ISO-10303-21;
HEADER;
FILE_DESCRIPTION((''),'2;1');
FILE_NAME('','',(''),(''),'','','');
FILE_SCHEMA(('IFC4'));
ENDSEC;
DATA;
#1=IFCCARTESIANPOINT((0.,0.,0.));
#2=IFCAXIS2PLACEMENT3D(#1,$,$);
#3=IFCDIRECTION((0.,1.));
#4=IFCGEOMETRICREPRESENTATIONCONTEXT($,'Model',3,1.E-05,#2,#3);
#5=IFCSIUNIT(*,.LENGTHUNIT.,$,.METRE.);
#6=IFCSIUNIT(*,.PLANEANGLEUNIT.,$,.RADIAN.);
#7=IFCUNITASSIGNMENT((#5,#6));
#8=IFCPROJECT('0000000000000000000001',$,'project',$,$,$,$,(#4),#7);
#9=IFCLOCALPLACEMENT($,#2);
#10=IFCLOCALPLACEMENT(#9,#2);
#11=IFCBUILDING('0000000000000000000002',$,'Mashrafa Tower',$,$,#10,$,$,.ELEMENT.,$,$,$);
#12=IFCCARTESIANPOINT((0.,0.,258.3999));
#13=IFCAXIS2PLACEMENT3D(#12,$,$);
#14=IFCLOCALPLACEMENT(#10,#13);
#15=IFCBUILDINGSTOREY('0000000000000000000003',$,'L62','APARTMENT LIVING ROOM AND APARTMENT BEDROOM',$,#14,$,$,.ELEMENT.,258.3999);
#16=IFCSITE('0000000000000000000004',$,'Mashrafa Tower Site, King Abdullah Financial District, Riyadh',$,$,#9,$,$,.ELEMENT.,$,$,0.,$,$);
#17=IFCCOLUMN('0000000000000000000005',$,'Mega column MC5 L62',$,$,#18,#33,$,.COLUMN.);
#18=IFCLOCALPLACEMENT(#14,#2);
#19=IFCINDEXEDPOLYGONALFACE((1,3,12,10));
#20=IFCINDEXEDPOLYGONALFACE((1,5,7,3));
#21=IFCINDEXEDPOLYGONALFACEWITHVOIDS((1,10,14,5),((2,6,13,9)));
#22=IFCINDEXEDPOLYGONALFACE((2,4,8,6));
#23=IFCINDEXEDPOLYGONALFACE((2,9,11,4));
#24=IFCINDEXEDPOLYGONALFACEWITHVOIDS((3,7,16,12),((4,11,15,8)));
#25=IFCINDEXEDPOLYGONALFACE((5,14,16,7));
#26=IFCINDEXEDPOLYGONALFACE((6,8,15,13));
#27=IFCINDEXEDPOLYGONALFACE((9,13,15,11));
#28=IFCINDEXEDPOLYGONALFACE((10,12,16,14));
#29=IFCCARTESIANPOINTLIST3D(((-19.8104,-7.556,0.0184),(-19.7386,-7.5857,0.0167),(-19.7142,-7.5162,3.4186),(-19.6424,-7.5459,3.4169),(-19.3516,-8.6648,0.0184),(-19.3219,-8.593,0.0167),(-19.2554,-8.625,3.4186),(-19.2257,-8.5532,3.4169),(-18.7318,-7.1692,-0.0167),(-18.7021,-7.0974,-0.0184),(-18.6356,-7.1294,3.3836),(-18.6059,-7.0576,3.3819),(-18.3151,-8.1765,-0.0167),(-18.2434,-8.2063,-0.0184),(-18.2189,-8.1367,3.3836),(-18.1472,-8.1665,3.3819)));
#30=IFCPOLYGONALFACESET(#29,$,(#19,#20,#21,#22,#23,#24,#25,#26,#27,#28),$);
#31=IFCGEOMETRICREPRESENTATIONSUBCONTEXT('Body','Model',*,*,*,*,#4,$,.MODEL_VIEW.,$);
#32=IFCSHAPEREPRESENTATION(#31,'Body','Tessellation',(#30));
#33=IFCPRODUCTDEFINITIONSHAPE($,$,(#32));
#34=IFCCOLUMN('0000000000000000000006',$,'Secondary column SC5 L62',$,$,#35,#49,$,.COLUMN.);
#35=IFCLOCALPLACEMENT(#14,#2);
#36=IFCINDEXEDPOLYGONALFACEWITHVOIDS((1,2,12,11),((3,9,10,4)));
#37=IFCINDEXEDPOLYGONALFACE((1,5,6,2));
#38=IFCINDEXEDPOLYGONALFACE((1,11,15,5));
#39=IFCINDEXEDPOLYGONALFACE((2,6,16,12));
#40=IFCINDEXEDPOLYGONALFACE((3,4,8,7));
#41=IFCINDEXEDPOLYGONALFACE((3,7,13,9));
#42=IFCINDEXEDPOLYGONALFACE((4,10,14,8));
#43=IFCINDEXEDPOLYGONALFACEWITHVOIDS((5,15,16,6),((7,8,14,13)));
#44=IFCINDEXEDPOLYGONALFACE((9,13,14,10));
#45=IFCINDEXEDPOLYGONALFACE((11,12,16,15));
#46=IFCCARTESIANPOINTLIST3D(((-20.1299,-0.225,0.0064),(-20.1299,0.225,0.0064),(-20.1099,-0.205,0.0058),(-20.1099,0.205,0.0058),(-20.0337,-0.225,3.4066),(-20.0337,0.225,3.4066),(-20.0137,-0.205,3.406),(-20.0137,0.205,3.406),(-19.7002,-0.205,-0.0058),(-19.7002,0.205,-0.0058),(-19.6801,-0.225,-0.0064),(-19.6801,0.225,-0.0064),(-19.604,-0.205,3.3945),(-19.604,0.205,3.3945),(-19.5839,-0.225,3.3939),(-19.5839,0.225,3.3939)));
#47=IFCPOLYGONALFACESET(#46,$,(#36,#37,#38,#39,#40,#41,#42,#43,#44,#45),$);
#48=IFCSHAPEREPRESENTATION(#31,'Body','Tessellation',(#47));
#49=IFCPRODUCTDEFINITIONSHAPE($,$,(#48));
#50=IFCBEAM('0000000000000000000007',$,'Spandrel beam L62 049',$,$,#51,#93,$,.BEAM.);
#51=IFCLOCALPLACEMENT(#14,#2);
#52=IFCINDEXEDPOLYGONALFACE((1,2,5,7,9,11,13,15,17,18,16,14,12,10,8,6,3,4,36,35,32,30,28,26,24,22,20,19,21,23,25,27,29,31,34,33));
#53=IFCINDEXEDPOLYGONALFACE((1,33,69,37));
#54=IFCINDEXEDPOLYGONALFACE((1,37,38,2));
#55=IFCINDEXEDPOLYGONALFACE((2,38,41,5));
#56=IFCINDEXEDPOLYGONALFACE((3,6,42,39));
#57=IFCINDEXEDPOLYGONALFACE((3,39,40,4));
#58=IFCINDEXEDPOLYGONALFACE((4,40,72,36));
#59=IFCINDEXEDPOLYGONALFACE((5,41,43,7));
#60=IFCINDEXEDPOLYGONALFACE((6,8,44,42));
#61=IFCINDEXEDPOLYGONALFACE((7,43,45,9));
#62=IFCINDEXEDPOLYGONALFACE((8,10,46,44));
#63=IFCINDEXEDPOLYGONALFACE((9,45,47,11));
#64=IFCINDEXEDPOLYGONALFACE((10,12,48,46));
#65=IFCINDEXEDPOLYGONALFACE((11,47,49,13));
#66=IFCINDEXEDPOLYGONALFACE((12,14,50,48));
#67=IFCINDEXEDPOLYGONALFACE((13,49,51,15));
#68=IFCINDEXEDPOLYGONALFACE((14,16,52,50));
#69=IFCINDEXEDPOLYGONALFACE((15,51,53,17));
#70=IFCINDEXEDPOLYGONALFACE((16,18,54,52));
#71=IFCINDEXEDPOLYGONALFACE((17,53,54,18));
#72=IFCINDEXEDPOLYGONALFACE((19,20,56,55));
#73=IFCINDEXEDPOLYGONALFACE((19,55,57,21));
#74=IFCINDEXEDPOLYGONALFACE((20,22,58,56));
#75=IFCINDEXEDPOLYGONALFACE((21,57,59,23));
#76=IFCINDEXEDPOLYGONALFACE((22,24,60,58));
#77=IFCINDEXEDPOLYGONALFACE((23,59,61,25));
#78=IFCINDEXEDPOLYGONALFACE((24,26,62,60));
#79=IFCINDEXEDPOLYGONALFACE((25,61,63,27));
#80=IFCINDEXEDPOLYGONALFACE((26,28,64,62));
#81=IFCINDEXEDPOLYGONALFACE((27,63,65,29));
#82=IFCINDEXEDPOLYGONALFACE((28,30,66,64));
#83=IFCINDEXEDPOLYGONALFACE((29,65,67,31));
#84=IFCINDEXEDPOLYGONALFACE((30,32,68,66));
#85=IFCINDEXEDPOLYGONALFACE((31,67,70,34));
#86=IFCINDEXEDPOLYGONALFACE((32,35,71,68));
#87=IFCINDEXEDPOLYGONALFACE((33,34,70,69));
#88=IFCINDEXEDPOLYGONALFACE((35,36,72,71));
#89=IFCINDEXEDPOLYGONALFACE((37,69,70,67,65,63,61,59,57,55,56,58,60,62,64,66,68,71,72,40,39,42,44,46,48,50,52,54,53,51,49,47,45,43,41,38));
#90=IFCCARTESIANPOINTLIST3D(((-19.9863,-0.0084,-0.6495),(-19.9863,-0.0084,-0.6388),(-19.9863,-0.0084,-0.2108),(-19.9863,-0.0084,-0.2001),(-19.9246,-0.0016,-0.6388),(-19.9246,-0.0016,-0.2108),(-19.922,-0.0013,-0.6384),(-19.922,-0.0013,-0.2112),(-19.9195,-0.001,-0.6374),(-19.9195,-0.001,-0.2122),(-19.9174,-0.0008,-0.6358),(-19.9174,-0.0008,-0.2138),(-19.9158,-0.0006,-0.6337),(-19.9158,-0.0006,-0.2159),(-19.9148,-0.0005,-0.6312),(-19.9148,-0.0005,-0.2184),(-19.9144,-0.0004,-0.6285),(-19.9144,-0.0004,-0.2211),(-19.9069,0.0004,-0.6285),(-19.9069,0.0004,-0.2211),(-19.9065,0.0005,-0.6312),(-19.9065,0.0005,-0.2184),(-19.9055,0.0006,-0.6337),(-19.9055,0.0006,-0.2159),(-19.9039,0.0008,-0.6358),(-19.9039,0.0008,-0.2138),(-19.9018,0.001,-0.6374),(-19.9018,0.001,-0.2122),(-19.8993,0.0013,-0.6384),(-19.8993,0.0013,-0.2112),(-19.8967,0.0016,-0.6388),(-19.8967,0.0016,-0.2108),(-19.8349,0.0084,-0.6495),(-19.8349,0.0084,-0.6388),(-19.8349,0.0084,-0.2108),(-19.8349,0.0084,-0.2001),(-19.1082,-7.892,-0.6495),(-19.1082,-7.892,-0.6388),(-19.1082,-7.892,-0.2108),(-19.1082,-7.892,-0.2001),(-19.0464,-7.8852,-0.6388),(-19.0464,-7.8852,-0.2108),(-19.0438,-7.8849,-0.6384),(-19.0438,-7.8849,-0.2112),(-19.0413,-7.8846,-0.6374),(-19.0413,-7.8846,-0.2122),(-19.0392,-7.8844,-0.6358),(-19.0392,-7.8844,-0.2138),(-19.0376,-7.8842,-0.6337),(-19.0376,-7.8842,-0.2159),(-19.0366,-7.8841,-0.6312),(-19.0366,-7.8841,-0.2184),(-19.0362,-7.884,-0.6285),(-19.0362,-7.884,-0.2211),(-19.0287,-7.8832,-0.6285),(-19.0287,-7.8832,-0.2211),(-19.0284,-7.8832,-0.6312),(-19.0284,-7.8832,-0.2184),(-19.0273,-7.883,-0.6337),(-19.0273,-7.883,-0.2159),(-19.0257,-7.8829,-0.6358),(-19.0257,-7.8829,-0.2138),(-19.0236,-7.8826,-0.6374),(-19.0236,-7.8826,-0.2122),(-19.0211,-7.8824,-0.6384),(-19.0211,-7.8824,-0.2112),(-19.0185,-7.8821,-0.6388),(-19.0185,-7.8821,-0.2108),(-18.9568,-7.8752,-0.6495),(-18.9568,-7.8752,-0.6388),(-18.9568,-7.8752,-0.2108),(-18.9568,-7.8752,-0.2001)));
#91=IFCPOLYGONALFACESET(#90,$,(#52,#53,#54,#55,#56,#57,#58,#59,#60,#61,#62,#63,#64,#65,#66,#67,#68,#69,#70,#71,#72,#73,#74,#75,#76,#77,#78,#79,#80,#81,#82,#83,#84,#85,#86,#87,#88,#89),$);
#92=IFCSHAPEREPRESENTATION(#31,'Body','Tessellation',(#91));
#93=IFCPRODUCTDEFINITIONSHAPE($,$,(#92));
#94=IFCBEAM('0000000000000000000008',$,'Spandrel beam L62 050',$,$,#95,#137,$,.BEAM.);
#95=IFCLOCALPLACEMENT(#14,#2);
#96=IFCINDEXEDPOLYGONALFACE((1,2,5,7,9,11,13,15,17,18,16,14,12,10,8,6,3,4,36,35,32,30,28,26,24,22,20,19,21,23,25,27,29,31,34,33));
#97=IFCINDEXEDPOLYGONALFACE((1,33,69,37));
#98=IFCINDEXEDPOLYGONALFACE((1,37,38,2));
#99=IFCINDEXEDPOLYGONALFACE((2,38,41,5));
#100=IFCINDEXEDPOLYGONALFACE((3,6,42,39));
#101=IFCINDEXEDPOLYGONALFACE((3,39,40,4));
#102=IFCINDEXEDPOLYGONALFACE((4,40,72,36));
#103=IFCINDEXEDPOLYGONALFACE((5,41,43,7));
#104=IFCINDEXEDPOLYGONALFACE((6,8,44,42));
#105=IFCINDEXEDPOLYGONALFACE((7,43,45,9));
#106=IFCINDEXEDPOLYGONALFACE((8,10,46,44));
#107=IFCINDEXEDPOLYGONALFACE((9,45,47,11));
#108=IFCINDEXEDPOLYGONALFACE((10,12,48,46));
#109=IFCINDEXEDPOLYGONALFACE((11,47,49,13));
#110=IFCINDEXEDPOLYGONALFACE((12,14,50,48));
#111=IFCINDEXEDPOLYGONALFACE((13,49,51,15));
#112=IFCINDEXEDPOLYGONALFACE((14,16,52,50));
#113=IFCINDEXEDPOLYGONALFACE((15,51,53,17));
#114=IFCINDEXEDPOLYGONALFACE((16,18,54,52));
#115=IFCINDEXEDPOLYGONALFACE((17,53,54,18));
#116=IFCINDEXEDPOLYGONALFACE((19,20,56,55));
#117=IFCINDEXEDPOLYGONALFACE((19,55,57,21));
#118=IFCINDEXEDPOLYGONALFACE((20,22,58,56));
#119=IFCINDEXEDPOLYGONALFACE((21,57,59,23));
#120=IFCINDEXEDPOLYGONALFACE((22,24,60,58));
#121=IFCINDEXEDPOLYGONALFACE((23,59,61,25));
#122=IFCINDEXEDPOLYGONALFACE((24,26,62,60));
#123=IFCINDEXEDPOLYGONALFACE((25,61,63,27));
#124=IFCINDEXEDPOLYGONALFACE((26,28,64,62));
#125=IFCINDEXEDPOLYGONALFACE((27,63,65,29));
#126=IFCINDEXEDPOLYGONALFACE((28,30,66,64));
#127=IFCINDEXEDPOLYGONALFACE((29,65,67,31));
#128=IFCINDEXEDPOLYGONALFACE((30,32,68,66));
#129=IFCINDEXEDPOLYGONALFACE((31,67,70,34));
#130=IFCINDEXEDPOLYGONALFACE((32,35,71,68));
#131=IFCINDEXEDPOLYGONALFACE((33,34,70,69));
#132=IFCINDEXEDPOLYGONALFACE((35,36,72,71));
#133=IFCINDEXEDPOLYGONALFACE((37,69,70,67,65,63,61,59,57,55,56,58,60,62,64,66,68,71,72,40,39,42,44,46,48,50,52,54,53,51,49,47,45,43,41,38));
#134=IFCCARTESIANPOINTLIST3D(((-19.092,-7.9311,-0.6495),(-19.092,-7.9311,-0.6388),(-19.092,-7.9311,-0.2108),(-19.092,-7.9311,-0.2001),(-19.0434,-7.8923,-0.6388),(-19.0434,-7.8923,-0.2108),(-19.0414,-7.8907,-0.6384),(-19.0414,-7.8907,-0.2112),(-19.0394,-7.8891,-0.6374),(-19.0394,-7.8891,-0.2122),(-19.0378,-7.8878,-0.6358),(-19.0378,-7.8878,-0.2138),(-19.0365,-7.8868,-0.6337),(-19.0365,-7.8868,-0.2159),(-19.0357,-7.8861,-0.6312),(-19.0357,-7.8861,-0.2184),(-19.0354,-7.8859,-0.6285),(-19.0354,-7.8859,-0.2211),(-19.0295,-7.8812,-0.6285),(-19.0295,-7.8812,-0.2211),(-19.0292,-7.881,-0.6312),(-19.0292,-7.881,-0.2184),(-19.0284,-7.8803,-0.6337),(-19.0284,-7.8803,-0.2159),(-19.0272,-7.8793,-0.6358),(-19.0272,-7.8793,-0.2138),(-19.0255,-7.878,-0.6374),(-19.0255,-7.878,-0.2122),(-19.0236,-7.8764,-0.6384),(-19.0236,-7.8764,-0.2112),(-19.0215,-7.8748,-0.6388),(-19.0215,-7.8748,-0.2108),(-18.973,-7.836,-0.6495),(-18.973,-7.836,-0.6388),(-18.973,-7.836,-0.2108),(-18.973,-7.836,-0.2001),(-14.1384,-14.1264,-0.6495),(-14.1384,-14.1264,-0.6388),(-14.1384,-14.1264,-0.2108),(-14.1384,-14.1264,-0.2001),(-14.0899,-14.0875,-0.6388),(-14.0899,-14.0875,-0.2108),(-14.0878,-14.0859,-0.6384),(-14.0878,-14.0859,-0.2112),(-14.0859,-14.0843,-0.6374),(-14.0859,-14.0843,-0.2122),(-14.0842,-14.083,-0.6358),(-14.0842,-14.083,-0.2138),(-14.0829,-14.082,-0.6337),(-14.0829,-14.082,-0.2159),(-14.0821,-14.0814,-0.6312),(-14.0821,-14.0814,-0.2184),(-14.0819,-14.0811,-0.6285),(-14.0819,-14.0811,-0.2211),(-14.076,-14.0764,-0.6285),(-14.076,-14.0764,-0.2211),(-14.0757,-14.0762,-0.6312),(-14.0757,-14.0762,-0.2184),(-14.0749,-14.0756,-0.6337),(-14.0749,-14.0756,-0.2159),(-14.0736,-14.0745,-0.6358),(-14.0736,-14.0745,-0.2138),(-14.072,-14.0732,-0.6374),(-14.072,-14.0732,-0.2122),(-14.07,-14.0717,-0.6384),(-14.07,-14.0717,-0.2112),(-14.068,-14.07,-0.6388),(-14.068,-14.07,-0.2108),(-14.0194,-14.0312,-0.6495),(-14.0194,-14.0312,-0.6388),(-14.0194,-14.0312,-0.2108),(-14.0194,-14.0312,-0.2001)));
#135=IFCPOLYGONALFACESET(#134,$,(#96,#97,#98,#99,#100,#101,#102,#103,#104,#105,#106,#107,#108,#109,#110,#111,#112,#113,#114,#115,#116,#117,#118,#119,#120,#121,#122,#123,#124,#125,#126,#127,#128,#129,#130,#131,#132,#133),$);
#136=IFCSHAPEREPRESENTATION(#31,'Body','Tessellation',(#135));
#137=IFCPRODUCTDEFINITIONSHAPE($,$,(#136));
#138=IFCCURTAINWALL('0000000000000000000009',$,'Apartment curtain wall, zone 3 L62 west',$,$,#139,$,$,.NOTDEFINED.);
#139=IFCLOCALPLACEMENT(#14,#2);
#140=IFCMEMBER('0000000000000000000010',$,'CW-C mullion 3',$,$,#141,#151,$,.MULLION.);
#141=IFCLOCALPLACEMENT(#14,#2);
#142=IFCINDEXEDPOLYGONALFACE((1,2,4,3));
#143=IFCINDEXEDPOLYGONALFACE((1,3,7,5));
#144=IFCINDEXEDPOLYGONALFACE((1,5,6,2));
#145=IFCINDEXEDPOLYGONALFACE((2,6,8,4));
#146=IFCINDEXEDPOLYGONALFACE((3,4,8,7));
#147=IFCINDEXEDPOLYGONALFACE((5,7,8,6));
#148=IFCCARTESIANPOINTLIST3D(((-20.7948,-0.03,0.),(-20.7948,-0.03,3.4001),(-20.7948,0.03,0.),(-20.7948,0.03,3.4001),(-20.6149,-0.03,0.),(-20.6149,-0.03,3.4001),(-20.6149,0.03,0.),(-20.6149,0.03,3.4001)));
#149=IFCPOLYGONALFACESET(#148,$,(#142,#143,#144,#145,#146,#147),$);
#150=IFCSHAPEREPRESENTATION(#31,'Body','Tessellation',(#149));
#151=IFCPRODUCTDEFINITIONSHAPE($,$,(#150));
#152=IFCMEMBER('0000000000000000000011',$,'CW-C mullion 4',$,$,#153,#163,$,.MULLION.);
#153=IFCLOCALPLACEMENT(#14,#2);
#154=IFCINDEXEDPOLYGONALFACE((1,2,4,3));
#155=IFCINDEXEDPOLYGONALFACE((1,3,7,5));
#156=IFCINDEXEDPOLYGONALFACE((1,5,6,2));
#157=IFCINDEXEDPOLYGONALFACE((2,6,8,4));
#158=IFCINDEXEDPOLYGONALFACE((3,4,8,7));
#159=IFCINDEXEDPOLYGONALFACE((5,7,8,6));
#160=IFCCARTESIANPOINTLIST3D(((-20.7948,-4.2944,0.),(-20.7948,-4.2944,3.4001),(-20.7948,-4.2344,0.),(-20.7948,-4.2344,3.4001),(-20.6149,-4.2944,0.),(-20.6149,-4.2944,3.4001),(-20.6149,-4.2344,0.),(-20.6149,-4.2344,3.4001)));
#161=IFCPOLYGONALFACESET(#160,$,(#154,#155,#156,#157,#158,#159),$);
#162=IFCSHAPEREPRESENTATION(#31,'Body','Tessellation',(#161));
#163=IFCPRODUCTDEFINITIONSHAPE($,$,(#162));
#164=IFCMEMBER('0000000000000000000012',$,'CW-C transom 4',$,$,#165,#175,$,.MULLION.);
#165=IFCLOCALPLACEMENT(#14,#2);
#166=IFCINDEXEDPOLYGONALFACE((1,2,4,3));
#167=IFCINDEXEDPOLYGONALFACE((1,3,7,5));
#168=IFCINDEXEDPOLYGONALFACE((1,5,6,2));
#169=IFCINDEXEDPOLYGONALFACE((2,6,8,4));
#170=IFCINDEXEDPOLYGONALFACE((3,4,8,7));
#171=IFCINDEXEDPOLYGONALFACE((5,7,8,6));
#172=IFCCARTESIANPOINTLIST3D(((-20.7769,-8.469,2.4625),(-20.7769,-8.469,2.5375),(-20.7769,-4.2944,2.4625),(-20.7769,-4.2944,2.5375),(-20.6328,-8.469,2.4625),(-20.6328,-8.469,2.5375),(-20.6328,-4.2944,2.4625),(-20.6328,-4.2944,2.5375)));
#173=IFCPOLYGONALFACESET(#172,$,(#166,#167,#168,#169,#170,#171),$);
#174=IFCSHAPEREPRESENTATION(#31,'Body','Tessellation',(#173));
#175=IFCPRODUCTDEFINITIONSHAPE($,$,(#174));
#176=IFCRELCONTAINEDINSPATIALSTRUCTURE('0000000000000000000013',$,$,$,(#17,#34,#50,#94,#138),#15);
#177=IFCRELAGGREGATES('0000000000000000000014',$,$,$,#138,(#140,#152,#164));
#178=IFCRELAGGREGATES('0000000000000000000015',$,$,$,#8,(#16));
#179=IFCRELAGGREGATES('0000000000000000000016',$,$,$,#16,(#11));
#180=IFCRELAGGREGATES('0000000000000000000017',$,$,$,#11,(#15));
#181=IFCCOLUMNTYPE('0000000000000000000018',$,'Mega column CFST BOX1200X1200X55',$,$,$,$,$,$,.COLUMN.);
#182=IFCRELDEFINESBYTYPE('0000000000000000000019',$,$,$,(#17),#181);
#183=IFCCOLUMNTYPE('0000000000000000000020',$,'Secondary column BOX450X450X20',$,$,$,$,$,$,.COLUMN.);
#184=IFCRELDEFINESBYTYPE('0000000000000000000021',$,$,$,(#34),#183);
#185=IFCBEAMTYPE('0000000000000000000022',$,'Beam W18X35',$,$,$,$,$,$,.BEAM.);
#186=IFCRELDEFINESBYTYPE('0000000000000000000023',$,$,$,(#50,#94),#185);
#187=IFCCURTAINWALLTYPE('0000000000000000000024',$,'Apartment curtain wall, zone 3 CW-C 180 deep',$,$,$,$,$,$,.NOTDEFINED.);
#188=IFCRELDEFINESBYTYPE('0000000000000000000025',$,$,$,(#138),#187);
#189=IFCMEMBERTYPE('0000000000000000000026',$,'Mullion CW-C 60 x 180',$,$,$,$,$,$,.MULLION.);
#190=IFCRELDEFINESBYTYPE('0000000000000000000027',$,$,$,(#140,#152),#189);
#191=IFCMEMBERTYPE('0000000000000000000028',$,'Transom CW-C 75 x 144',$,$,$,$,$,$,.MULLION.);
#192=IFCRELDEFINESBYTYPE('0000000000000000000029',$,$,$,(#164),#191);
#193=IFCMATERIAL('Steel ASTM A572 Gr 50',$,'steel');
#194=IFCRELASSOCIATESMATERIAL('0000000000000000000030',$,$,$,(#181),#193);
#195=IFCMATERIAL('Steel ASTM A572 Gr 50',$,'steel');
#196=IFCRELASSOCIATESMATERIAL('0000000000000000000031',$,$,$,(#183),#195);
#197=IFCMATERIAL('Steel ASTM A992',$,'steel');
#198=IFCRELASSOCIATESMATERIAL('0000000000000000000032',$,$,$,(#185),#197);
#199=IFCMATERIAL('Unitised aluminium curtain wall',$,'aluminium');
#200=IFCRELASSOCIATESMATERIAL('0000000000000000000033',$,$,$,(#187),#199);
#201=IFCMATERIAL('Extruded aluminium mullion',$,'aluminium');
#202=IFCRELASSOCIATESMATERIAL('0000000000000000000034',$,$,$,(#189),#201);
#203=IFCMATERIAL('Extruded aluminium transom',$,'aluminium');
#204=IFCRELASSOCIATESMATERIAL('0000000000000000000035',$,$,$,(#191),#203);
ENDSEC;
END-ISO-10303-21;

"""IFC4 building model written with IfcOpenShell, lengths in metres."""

from ifc_helpers import new_model, si_unit, direction, frame, origin, origin_2d, place, context, subcontext, project, spatial, rectangle, hollow_rectangle, i_section, extrude, source, transform, mapped, material, material_profile, profile_set, type_object, type_shapes, element, aggregate, save


model = new_model("IFC4")

# Units and contexts
model_context = context("Model", 3, precision=1e-05, world=origin(), true_north=direction((0.0, 1.0)))
body_context = subcontext(model_context, "Body", "Model", "MODEL_VIEW")
ifc_project = project(units=[si_unit("LENGTHUNIT", "METRE"), si_unit("PLANEANGLEUNIT", "RADIAN")], contexts=[model_context])

# Site, building, storey
site_placement = place(None, origin())
site = spatial("IfcSite", under=ifc_project, at=site_placement, Name="Mashrafa Tower Site, King Abdullah Financial District, Riyadh", CompositionType="ELEMENT", RefElevation=0.0)
building_placement = place(site_placement, origin())
building = spatial("IfcBuilding", under=site, at=building_placement, Name="Mashrafa Tower", CompositionType="ELEMENT")
storey_placement = place(building_placement, frame((0.0, 0.0, 258.3999)))
storey = spatial("IfcBuildingStorey", under=building, at=storey_placement, Name="L62", Description="APARTMENT LIVING ROOM AND APARTMENT BEDROOM", CompositionType="ELEMENT", Elevation=258.3999)

# Columns
ifc_material_1 = material(Name="Steel ASTM A572 Gr 50", Category="steel")
ifc_material_profile_1 = material_profile(ifc_material_1, hollow_rectangle(XDim=1.2, YDim=1.2, WallThickness=0.0549, at=origin_2d()), Name="BOX1200X1200X55")
ifc_profile_set_1 = profile_set([ifc_material_profile_1], Name="Steel ASTM A572 Gr 50")
column_type_1 = type_object("IfcColumnType", Name="Mega column CFST BOX1200X1200X55", PredefinedType="COLUMN", material=ifc_profile_set_1)
column_1_placement = place(storey_placement, frame((-19.0269, -7.8811, 0.0), z_axis=(0.028277, 0.011698, 0.999532), x_axis=(-0.382283, 0.924045, 0.0)))
element("IfcColumn", 1, at=column_1_placement, inside=storey, type_object=column_type_1, Name="Mega column MC5 L62", PredefinedType="COLUMN", context=body_context, shape_type="SweptSolid", body=[
    extrude(hollow_rectangle(XDim=1.2, YDim=1.2, WallThickness=0.0549, at=origin_2d()), origin(), (0.0, 0.0, 1.0), 3.4019),
])
ifc_material_2 = material(Name="Steel ASTM A572 Gr 50", Category="steel")
ifc_material_profile_2 = material_profile(ifc_material_2, hollow_rectangle(XDim=0.45, YDim=0.45, WallThickness=0.02, at=origin_2d()), Name="BOX450X450X20")
ifc_profile_set_2 = profile_set([ifc_material_profile_2], Name="Steel ASTM A572 Gr 50")
column_type_2 = type_object("IfcColumnType", Name="Secondary column BOX450X450X20", PredefinedType="COLUMN", material=ifc_profile_set_2)
column_2_placement = place(storey_placement, frame((-19.905, 0.0, 0.0), z_axis=(0.028279, 0.0, 0.9996), x_axis=(0.0, 1.0, 0.0)))
element("IfcColumn", 2, at=column_2_placement, inside=storey, type_object=column_type_2, Name="Secondary column SC5 L62", PredefinedType="COLUMN", context=body_context, shape_type="SweptSolid", body=[
    extrude(hollow_rectangle(XDim=0.45, YDim=0.45, WallThickness=0.02, at=origin_2d()), origin(), (0.0, 0.0, 1.0), 3.4016),
])

# Beams
ifc_material_3 = material(Name="Steel ASTM A992", Category="steel")
ifc_material_profile_3 = material_profile(ifc_material_3, i_section(OverallWidth=0.1523, OverallDepth=0.4495, WebThickness=0.0076, FlangeThickness=0.0107, FilletRadius=0.0103, at=origin_2d()), Name="W18X35")
ifc_profile_set_3 = profile_set([ifc_material_profile_3], Name="Steel ASTM A992")
beam_type = type_object("IfcBeamType", Name="Beam W18X35", PredefinedType="BEAM", material=ifc_profile_set_3)
beam_1_placement = place(storey_placement, frame((-19.9106, 0.0, -0.4248), z_axis=(0.110709, -0.993853, 0.0), x_axis=(0.993853, 0.110709, 0.0)))
element("IfcBeam", 3, at=beam_1_placement, inside=storey, type_object=beam_type, Name="Spandrel beam L62 049", PredefinedType="BEAM", context=body_context, shape_type="SweptSolid", body=[
    extrude(i_section(OverallWidth=0.1523, OverallDepth=0.4495, WebThickness=0.0076, FlangeThickness=0.0107, FilletRadius=0.0103, at=origin_2d()), origin(), (0.0, 0.0, 1.0), 7.9324),
])
beam_2_placement = place(storey_placement, frame((-19.0325, -7.8835, -0.4248), z_axis=(0.624492, -0.781031, 0.0), x_axis=(0.781031, 0.624492, 0.0)))
element("IfcBeam", 4, at=beam_2_placement, inside=storey, type_object=beam_type, Name="Spandrel beam L62 050", PredefinedType="BEAM", context=body_context, shape_type="SweptSolid", body=[
    extrude(i_section(OverallWidth=0.1523, OverallDepth=0.4495, WebThickness=0.0076, FlangeThickness=0.0107, FilletRadius=0.0103, at=origin_2d()), origin(), (0.0, 0.0, 1.0), 7.9321),
])

# Curtain wall, members
ifc_material_4 = material(Name="Unitised aluminium curtain wall", Category="aluminium")
curtain_wall_type = type_object("IfcCurtainWallType", Name="Apartment curtain wall, zone 3 CW-C 180 deep", PredefinedType="NOTDEFINED", material=ifc_material_4)
curtain_wall_placement = place(storey_placement, origin())
curtain_wall = element("IfcCurtainWall", 5, at=curtain_wall_placement, inside=storey, type_object=curtain_wall_type, Name="Apartment curtain wall, zone 3 L62 west", PredefinedType="NOTDEFINED")
ifc_material_5 = material(Name="Extruded aluminium mullion", Category="aluminium")
ifc_material_profile_4 = material_profile(ifc_material_5, rectangle(XDim=0.1799, YDim=0.0601, at=origin_2d()), Name="Mullion 60x180")
ifc_profile_set_4 = profile_set([ifc_material_profile_4], Name="Extruded aluminium mullion")
member_type_1 = type_object("IfcMemberType", Name="Mullion CW-C 60 x 180", PredefinedType="MULLION", material=ifc_profile_set_4)
shared_shape_1 = source(origin(), body_context, "Body", "SweptSolid", [
    extrude(rectangle(XDim=0.1799, YDim=0.0601, at=origin_2d()), origin(), (0.0, 0.0, 1.0), 3.4001),
])
type_shapes(member_type_1, [shared_shape_1])
member_1_placement = place(storey_placement, frame((-20.7048, 0.0, 0.0), z_axis=(0.0, 0.0, 1.0), x_axis=(1.0, 0.0, 0.0)))
member_1 = element("IfcMember", 6, at=member_1_placement, type_object=member_type_1, Name="CW-C mullion 3", PredefinedType="MULLION", context=body_context, shape_type="MappedRepresentation", body=[
    mapped(shared_shape_1, transform((0.0, 0.0, 0.0))),
])
member_2_placement = place(storey_placement, frame((-20.7048, -4.2644, 0.0), z_axis=(0.0, 0.0, 1.0), x_axis=(1.0, 0.0, 0.0)))
member_2 = element("IfcMember", 7, at=member_2_placement, type_object=member_type_1, Name="CW-C mullion 4", PredefinedType="MULLION", context=body_context, shape_type="MappedRepresentation", body=[
    mapped(shared_shape_1, transform((0.0, 0.0, 0.0))),
])
ifc_material_6 = material(Name="Extruded aluminium transom", Category="aluminium")
ifc_material_profile_5 = material_profile(ifc_material_6, rectangle(XDim=0.144, YDim=0.075, at=origin_2d()), Name="Transom 75x144")
ifc_profile_set_5 = profile_set([ifc_material_profile_5], Name="Extruded aluminium transom")
member_type_2 = type_object("IfcMemberType", Name="Transom CW-C 75 x 144", PredefinedType="MULLION", material=ifc_profile_set_5)
shared_shape_2 = source(origin(), body_context, "Body", "SweptSolid", [
    extrude(rectangle(XDim=0.144, YDim=0.075, at=origin_2d()), origin(), (0.0, 0.0, 1.0), 4.1746),
])
member_3_placement = place(storey_placement, frame((-20.7048, -4.2944, 2.5), z_axis=(0.0, -1.0, 0.0), x_axis=(1.0, 0.0, 0.0)))
member_3 = element("IfcMember", 8, at=member_3_placement, type_object=member_type_2, Name="CW-C transom 4", PredefinedType="MULLION", context=body_context, shape_type="MappedRepresentation", body=[
    mapped(shared_shape_2, transform((0.0, 0.0, 0.0))),
])
aggregate(curtain_wall, [member_1, member_2, member_3])

save(model, "model.ifc")
